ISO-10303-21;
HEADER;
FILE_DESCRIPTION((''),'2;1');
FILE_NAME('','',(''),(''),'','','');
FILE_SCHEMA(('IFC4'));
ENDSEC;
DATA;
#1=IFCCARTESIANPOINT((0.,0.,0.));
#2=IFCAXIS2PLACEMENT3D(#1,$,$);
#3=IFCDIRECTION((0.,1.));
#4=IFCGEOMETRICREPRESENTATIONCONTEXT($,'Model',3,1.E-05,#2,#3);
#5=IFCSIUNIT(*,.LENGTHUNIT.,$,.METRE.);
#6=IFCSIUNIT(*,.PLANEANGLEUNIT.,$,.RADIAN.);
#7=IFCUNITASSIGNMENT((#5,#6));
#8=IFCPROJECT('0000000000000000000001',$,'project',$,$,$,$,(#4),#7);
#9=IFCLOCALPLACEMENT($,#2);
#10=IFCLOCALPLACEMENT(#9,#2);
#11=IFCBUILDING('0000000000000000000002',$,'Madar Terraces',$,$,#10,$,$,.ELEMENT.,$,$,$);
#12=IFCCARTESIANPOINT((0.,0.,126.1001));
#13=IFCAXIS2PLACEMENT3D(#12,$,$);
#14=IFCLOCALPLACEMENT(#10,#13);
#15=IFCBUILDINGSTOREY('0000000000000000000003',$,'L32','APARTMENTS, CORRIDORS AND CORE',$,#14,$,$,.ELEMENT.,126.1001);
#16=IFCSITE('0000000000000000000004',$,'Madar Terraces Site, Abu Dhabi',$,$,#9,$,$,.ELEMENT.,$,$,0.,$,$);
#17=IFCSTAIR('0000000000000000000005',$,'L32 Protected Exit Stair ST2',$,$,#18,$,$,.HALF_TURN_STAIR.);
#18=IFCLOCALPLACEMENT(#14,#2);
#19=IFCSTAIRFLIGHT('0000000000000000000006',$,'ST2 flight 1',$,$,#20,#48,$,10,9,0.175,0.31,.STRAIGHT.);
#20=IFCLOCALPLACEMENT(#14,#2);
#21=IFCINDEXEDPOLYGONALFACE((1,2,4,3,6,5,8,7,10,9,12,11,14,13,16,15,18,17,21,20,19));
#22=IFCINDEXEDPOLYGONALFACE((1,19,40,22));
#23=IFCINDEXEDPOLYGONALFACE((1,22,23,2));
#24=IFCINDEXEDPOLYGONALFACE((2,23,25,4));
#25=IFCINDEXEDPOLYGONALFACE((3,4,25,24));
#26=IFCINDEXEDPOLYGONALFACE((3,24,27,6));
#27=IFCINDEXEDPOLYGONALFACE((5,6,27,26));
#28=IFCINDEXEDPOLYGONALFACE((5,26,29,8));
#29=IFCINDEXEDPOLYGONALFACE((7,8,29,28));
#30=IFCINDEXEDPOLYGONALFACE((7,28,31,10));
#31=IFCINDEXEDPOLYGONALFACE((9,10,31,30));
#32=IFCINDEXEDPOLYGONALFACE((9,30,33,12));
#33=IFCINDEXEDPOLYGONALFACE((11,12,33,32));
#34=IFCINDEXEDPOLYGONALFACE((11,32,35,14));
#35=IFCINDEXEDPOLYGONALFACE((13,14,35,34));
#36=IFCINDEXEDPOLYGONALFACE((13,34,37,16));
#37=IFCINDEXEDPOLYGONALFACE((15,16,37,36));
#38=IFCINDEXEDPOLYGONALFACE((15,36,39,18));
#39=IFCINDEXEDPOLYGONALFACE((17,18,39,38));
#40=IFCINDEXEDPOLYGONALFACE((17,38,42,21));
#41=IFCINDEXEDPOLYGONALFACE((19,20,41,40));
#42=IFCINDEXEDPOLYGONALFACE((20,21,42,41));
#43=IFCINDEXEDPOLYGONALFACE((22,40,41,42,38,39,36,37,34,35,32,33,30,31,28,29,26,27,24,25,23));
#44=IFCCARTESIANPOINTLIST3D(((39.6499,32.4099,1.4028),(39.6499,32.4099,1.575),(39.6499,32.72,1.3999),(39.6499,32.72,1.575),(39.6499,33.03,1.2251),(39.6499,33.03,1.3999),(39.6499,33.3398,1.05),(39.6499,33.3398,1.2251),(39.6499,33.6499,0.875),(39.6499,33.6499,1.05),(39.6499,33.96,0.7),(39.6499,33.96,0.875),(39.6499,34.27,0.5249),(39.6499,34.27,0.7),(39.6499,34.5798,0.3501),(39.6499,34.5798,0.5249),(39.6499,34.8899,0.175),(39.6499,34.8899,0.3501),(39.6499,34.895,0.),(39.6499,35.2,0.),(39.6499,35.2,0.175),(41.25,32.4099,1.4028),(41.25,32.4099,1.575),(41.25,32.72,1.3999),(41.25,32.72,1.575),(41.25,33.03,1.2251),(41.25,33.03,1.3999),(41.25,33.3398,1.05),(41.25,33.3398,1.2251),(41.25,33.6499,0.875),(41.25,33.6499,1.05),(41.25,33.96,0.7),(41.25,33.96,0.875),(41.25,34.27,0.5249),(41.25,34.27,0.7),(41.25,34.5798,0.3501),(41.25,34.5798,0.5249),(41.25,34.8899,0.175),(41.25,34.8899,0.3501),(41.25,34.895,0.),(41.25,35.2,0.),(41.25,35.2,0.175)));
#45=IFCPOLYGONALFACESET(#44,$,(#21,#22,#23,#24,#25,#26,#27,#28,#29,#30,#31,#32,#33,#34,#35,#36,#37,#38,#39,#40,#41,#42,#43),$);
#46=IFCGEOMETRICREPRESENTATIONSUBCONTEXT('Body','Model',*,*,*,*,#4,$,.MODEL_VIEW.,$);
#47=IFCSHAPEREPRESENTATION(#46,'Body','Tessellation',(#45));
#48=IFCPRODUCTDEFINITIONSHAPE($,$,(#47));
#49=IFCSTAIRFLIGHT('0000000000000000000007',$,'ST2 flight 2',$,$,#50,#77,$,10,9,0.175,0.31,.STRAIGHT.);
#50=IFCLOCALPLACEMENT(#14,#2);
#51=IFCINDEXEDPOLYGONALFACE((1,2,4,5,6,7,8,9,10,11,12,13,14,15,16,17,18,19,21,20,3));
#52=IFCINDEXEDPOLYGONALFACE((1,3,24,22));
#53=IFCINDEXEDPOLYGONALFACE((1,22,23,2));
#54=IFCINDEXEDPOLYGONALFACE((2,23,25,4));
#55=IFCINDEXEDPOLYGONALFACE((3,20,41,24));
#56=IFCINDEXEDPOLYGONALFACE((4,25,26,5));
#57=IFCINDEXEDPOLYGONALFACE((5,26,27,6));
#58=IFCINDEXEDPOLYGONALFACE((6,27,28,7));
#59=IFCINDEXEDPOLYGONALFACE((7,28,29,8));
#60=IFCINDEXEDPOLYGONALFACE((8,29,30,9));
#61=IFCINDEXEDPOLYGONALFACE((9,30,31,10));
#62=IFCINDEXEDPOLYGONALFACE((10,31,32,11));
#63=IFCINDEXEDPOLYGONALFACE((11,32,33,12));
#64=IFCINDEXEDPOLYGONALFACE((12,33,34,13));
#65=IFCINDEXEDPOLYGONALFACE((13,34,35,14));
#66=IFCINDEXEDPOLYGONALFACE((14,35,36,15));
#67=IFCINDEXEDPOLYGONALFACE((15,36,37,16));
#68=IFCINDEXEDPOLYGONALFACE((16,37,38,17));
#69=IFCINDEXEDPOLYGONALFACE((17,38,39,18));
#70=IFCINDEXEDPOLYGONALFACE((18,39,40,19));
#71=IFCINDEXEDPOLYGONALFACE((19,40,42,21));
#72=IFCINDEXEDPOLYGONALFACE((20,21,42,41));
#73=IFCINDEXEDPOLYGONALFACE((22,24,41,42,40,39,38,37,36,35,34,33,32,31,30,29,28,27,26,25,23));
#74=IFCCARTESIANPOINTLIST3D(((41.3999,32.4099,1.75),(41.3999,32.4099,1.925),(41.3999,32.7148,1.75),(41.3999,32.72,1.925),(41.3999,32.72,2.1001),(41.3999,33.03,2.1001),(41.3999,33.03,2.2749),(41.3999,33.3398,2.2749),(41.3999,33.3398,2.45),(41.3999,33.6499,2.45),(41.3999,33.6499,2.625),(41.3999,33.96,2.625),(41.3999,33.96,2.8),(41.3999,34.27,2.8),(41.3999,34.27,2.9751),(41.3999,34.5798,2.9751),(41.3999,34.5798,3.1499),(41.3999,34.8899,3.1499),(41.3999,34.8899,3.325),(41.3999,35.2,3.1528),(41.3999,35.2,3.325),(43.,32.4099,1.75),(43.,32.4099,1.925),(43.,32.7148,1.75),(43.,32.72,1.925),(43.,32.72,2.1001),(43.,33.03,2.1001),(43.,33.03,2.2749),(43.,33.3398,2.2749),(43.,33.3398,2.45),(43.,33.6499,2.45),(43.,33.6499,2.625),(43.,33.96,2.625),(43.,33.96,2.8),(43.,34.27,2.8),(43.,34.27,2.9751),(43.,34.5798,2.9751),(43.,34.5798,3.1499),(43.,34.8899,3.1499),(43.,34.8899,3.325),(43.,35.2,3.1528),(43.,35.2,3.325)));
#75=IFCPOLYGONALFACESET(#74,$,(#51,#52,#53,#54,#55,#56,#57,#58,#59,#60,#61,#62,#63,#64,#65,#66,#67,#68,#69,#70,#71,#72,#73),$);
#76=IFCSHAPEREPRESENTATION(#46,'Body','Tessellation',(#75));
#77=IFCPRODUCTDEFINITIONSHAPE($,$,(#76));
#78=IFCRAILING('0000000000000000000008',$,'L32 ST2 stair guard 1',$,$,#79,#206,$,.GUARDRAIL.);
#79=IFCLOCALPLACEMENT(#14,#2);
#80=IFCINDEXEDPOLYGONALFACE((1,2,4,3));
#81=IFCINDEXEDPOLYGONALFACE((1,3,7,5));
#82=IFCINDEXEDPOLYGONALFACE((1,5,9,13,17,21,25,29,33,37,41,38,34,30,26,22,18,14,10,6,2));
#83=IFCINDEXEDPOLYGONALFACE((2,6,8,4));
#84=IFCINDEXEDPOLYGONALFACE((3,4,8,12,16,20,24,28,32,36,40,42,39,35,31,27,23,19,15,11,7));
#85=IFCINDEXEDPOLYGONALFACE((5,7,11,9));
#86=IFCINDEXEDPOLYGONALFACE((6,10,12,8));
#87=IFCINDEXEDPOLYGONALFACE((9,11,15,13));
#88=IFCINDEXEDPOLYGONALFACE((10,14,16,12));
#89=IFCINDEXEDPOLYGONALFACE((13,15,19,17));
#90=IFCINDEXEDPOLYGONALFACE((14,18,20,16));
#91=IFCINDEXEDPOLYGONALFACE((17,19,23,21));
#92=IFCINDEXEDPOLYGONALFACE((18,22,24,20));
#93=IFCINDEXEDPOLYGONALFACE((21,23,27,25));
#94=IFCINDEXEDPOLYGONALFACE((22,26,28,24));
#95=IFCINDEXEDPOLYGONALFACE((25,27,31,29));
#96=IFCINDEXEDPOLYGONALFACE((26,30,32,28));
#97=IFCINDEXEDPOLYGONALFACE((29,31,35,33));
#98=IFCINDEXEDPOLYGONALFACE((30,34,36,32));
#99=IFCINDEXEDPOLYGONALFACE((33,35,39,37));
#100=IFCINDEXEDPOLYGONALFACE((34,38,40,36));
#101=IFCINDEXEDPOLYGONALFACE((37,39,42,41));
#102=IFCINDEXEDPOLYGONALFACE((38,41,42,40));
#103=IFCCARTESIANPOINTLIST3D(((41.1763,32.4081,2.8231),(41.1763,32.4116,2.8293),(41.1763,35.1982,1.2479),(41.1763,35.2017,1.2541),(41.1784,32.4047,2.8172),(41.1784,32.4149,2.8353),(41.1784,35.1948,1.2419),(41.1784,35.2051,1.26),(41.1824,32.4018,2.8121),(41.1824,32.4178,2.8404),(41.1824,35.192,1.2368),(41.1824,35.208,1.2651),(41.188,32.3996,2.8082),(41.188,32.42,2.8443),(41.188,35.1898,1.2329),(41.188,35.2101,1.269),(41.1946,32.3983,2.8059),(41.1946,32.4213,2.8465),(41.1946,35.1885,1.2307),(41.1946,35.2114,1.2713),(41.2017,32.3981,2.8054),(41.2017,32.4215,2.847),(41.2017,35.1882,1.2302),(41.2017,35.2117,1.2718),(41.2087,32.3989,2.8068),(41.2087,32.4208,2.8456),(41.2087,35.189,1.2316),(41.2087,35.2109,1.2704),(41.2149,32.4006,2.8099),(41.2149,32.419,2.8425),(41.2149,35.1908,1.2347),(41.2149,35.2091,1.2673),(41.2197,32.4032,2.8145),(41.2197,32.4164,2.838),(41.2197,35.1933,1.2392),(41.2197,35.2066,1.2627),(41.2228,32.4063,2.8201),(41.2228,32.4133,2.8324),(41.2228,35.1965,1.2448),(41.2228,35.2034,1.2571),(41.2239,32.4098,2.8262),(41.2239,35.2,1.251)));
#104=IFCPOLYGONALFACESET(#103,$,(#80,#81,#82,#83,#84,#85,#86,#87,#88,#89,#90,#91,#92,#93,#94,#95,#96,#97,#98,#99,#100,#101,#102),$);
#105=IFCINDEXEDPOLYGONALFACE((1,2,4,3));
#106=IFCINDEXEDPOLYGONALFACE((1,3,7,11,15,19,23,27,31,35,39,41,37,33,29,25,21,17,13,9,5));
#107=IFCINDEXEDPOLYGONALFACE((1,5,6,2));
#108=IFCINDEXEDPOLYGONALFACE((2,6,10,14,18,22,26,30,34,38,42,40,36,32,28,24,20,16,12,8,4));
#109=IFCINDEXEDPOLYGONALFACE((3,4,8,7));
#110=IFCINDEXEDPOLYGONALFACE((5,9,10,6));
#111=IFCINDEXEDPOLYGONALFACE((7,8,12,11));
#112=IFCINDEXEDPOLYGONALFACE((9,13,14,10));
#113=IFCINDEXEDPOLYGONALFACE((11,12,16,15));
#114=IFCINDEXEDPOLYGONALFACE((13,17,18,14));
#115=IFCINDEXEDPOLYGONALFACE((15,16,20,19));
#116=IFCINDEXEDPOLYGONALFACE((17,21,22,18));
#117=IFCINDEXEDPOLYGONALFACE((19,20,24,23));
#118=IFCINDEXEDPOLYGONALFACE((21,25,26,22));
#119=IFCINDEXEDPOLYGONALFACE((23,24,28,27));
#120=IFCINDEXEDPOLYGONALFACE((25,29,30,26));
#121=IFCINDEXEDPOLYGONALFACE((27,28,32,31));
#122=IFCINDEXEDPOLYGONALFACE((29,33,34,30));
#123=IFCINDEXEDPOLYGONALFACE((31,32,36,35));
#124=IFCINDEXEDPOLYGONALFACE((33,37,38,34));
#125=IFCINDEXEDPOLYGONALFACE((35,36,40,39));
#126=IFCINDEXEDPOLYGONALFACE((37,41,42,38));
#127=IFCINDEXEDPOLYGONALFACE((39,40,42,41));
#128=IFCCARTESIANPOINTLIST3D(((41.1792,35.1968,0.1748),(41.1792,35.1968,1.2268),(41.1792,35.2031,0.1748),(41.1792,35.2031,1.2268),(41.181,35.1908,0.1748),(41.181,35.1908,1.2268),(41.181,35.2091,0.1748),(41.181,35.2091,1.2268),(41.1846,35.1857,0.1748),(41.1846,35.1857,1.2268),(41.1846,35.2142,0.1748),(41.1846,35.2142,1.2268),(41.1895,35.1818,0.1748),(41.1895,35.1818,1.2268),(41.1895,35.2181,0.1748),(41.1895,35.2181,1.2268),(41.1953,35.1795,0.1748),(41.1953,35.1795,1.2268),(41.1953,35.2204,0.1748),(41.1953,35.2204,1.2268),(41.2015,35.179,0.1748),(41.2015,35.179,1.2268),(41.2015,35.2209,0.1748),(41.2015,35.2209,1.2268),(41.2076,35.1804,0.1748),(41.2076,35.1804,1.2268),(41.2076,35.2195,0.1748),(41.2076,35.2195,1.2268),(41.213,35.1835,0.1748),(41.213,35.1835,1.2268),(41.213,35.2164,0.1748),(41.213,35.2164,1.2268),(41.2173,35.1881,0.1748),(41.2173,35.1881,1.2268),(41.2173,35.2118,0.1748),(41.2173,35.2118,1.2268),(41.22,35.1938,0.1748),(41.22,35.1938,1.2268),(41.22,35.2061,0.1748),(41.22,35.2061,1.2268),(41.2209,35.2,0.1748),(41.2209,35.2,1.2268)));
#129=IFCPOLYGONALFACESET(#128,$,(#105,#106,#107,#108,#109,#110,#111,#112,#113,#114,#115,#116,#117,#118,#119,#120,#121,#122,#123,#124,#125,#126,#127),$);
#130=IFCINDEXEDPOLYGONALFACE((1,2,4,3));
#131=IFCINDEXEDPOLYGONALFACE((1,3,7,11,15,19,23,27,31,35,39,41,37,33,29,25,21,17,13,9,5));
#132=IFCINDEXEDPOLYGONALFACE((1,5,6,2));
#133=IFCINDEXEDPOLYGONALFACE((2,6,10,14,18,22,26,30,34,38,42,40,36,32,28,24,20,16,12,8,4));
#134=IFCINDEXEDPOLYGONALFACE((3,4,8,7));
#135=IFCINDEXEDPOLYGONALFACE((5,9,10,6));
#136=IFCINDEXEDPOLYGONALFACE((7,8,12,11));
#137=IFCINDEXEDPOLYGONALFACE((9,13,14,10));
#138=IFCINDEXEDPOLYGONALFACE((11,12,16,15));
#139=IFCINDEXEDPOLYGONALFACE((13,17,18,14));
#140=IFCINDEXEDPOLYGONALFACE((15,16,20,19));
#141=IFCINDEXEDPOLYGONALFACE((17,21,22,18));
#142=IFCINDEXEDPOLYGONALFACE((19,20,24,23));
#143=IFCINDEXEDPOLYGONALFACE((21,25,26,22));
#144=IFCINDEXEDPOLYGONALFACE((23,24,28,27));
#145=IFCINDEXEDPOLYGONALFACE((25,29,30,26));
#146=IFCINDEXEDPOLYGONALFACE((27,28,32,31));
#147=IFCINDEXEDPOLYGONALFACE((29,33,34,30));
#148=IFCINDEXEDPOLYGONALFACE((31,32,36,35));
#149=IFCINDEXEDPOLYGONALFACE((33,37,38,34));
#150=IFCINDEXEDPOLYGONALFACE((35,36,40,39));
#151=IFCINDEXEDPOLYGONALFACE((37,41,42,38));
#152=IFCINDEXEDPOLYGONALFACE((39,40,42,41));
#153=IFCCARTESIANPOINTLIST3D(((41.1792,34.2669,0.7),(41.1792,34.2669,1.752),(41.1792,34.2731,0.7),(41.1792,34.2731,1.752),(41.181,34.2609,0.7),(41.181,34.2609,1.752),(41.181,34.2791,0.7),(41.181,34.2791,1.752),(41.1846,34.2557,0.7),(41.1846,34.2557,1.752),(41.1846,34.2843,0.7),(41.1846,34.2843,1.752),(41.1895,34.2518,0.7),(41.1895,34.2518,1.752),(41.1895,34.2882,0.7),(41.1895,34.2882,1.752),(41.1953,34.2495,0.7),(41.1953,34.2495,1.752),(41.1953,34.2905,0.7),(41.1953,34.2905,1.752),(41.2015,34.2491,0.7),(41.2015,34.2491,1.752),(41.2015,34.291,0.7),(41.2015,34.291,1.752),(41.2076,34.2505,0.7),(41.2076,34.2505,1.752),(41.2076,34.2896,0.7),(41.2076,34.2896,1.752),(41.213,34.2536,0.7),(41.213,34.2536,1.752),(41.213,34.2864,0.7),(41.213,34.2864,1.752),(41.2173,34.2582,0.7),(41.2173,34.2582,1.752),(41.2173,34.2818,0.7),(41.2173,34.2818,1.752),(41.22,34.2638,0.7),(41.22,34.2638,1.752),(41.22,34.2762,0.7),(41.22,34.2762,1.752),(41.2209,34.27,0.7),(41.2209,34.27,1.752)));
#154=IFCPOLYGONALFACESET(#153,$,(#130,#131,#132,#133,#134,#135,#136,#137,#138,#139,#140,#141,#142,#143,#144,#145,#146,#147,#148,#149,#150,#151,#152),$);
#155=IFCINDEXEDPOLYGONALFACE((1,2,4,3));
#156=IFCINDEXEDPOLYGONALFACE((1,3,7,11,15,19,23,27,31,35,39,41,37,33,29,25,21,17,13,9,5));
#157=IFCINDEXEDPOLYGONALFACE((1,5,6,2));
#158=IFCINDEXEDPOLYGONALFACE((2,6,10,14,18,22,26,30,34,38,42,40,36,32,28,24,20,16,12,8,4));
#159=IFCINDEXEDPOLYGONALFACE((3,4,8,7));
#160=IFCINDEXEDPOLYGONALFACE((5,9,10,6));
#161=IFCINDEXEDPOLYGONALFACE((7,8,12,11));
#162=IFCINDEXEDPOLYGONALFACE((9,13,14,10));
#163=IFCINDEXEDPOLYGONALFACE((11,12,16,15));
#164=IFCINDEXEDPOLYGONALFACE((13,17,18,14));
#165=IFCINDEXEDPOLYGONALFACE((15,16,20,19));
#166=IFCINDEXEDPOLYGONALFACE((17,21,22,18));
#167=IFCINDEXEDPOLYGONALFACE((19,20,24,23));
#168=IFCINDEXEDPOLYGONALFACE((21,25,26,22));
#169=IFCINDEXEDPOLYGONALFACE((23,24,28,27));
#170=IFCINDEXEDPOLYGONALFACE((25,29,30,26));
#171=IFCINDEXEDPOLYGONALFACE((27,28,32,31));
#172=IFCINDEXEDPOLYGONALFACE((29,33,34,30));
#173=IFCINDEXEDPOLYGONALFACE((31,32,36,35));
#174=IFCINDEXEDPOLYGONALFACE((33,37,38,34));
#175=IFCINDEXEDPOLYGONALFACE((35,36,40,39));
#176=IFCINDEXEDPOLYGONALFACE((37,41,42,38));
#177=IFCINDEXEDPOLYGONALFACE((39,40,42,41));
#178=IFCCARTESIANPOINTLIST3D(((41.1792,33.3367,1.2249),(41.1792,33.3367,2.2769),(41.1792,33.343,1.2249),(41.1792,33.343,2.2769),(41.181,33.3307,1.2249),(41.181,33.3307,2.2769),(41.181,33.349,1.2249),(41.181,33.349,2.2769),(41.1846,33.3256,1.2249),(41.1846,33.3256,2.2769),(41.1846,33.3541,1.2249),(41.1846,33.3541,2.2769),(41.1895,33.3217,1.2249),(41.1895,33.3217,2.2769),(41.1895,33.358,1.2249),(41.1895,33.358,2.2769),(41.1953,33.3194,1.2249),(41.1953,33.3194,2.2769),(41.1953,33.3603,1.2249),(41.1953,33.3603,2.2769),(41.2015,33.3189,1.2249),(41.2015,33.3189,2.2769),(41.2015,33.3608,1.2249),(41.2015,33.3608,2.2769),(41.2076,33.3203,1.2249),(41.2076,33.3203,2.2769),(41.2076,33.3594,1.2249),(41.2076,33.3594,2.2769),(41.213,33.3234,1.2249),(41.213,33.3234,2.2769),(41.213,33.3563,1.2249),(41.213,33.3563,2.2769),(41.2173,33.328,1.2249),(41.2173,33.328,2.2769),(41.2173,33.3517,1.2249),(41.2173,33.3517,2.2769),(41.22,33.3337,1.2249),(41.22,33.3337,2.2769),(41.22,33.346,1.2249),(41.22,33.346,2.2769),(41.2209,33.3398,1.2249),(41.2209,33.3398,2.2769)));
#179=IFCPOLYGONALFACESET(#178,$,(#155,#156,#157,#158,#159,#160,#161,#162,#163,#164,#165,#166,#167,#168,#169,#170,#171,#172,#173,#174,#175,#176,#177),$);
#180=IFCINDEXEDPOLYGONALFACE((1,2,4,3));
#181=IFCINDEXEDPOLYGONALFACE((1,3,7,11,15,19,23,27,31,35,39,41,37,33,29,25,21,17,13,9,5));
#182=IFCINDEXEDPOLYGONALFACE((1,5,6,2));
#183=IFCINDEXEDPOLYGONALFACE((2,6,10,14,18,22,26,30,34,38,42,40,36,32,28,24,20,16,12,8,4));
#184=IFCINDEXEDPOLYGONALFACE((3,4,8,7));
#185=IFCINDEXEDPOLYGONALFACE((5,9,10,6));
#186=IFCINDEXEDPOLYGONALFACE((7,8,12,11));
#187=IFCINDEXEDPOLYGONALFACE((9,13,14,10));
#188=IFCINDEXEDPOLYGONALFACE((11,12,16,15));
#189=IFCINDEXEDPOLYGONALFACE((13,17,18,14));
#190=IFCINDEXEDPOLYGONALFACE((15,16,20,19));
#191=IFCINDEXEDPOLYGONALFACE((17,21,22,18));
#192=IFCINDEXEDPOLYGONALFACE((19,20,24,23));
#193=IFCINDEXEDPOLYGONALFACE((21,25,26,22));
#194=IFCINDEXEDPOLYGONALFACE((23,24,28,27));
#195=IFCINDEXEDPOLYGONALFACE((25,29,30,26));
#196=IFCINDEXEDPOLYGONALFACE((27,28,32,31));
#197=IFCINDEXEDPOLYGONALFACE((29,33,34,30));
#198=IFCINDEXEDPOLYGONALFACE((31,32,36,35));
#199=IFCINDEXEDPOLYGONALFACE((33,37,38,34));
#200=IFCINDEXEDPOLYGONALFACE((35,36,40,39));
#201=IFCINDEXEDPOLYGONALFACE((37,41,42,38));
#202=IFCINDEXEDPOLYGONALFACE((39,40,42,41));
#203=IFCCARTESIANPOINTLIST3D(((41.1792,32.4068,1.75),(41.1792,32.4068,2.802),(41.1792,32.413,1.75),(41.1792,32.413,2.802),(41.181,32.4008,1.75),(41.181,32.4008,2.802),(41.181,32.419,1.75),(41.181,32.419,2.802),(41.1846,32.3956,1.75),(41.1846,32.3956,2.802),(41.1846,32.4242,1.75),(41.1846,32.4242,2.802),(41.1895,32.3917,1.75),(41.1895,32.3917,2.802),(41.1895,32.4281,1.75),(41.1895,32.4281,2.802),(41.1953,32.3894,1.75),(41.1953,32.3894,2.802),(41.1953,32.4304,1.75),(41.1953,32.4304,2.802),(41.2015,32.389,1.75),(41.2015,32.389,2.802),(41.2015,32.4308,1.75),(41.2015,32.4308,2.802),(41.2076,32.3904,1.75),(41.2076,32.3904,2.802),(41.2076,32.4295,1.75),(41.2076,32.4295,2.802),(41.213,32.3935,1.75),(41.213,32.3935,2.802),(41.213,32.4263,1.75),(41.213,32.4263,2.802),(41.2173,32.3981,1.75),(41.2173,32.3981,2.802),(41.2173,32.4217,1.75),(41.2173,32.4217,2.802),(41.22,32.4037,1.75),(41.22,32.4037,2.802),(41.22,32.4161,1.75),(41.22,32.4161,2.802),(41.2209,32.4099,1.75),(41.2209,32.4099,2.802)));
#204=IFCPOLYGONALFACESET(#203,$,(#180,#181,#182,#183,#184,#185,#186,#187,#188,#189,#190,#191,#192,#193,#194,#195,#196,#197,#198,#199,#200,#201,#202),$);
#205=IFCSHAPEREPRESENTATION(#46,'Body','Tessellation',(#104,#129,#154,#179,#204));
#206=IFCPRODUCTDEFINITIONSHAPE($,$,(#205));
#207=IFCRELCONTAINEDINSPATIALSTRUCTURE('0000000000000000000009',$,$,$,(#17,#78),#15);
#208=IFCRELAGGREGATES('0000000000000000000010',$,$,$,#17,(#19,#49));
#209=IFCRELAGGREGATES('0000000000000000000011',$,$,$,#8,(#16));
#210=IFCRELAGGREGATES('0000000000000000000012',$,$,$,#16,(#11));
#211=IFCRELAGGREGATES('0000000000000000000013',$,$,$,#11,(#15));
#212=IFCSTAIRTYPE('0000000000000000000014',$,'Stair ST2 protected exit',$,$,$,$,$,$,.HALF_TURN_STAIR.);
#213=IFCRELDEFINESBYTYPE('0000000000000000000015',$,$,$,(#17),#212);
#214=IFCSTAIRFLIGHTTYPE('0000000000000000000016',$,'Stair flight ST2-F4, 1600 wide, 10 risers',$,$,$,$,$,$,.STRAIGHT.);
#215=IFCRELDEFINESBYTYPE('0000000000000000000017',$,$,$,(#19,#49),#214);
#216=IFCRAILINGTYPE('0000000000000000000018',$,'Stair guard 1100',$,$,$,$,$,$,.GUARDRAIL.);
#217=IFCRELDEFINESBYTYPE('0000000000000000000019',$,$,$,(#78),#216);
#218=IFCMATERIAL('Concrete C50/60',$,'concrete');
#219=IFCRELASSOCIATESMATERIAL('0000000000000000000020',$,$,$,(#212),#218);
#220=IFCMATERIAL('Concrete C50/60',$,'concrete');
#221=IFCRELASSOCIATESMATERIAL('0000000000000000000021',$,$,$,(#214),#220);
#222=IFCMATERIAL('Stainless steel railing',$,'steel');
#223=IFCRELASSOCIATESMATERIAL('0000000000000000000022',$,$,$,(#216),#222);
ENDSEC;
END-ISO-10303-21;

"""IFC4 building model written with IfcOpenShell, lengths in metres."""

from ifc_helpers import new_model, si_unit, direction, frame, origin, origin_2d, place, context, subcontext, project, spatial, polyline, circle, outline, extrude, material, type_object, element, aggregate, save


model = new_model("IFC4")

# Units and contexts
model_context = context("Model", 3, precision=1e-05, world=origin(), true_north=direction((0.0, 1.0)))
body_context = subcontext(model_context, "Body", "Model", "MODEL_VIEW")
ifc_project = project(units=[si_unit("LENGTHUNIT", "METRE"), si_unit("PLANEANGLEUNIT", "RADIAN")], contexts=[model_context])

# Site, building, storey
site_placement = place(None, origin())
site = spatial("IfcSite", under=ifc_project, at=site_placement, Name="Madar Terraces Site, Abu Dhabi", CompositionType="ELEMENT", RefElevation=0.0)
building_placement = place(site_placement, origin())
building = spatial("IfcBuilding", under=site, at=building_placement, Name="Madar Terraces", CompositionType="ELEMENT")
storey_placement = place(building_placement, frame((0.0, 0.0, 126.1001)))
storey = spatial("IfcBuildingStorey", under=building, at=storey_placement, Name="L32", Description="APARTMENTS, CORRIDORS AND CORE", CompositionType="ELEMENT", Elevation=126.1001)

# Stair, stair flights
ifc_material_1 = material(Name="Concrete C50/60", Category="concrete")
stair_type = type_object("IfcStairType", Name="Stair ST2 protected exit", PredefinedType="HALF_TURN_STAIR", material=ifc_material_1)
stair_placement = place(storey_placement, origin())
stair = element("IfcStair", 1, at=stair_placement, inside=storey, type_object=stair_type, Name="L32 Protected Exit Stair ST2", PredefinedType="HALF_TURN_STAIR")
ifc_material_2 = material(Name="Concrete C50/60", Category="concrete")
stair_flight_type = type_object("IfcStairFlightType", Name="Stair flight ST2-F4, 1600 wide, 10 risers", PredefinedType="STRAIGHT", material=ifc_material_2)
stair_flight_1_placement = place(storey_placement, frame((40.45, 35.2, 0.0), z_axis=(0.0, 0.0, 1.0), x_axis=(0.0, -1.0, 0.0)))
stair_flight_1 = element("IfcStairFlight", 2, at=stair_flight_1_placement, type_object=stair_flight_type, Name="ST2 flight 1", NumberOfRisers=10, NumberOfTreads=9, PredefinedType="STRAIGHT", RiserHeight=0.175, TreadLength=0.31, context=body_context, shape_type="SweptSolid", body=[
    extrude(outline(polyline([(0.0, 0.0), (0.0, 0.175), (0.3101, 0.175), (0.3101, 0.3501), (0.6201, 0.3501), (0.6201, 0.5249), (0.9299, 0.5249), (0.9299, 0.7), (1.24, 0.7), (1.24, 0.875), (1.55, 0.875), (1.55, 1.05), (1.8601, 1.05), (1.8601, 1.2251), (2.1699, 1.2251), (2.1699, 1.3999), (2.48, 1.3999), (2.48, 1.575), (2.79, 1.575), (2.79, 1.75), (2.79, 1.4028), (0.3049, 0.0), (0.0, 0.0)])), frame((0.0, 0.8, 0.0), z_axis=(0.0, -1.0, 0.0), x_axis=(1.0, 0.0, 0.0)), (0.0, 0.0, 1.0), 1.6001),
])
stair_flight_2_placement = place(storey_placement, frame((42.2, 32.4099, 1.75), z_axis=(0.0, 0.0, 1.0), x_axis=(0.0, 1.0, 0.0)))
stair_flight_2 = element("IfcStairFlight", 3, at=stair_flight_2_placement, type_object=stair_flight_type, Name="ST2 flight 2", NumberOfRisers=10, NumberOfTreads=9, PredefinedType="STRAIGHT", RiserHeight=0.175, TreadLength=0.31, context=body_context, shape_type="SweptSolid", body=[
    extrude(outline(polyline([(0.0, 0.0), (0.0, 0.175), (0.3101, 0.175), (0.3101, 0.3501), (0.6201, 0.3501), (0.6201, 0.5249), (0.9299, 0.5249), (0.9299, 0.7), (1.24, 0.7), (1.24, 0.875), (1.55, 0.875), (1.55, 1.05), (1.8601, 1.05), (1.8601, 1.2251), (2.1699, 1.2251), (2.1699, 1.3999), (2.48, 1.3999), (2.48, 1.575), (2.79, 1.575), (2.79, 1.75), (2.79, 1.4028), (0.3049, 0.0), (0.0, 0.0)])), frame((0.0, 0.8, 0.0), z_axis=(0.0, -1.0, 0.0), x_axis=(1.0, 0.0, 0.0)), (0.0, 0.0, 1.0), 1.6001),
])
aggregate(stair, [stair_flight_1, stair_flight_2])

# Railing
ifc_material_3 = material(Name="Stainless steel railing", Category="steel")
railing_type_1 = type_object("IfcRailingType", Name="Stair guard 1100", PredefinedType="GUARDRAIL", material=ifc_material_3)
railing_1_placement = place(storey_placement, frame((41.2, 35.2, 0.1748)))
element("IfcRailing", 4, at=railing_1_placement, inside=storey, type_object=railing_type_1, Name="L32 ST2 stair guard 1", PredefinedType="GUARDRAIL", context=body_context, shape_type="SweptSolid", body=[
    extrude(circle(Radius=0.0239, at=origin_2d()), frame((0.0, 0.0, 1.0762), z_axis=(0.0, -0.870801, 0.491635), x_axis=(1.0, 0.0, 0.0)), (0.0, 0.0, 1.0), 3.2041),
    extrude(circle(Radius=0.021, at=origin_2d()), origin(), (0.0, 0.0, 1.0), 1.052),
    extrude(circle(Radius=0.021, at=origin_2d()), frame((0.0, -0.9299, 0.5251)), (0.0, 0.0, 1.0), 1.052),
    extrude(circle(Radius=0.021, at=origin_2d()), frame((0.0, -1.8601, 1.05)), (0.0, 0.0, 1.0), 1.052),
    extrude(circle(Radius=0.021, at=origin_2d()), frame((0.0, -2.79, 1.5752)), (0.0, 0.0, 1.0), 1.052),
])

save(model, "model.ifc")
